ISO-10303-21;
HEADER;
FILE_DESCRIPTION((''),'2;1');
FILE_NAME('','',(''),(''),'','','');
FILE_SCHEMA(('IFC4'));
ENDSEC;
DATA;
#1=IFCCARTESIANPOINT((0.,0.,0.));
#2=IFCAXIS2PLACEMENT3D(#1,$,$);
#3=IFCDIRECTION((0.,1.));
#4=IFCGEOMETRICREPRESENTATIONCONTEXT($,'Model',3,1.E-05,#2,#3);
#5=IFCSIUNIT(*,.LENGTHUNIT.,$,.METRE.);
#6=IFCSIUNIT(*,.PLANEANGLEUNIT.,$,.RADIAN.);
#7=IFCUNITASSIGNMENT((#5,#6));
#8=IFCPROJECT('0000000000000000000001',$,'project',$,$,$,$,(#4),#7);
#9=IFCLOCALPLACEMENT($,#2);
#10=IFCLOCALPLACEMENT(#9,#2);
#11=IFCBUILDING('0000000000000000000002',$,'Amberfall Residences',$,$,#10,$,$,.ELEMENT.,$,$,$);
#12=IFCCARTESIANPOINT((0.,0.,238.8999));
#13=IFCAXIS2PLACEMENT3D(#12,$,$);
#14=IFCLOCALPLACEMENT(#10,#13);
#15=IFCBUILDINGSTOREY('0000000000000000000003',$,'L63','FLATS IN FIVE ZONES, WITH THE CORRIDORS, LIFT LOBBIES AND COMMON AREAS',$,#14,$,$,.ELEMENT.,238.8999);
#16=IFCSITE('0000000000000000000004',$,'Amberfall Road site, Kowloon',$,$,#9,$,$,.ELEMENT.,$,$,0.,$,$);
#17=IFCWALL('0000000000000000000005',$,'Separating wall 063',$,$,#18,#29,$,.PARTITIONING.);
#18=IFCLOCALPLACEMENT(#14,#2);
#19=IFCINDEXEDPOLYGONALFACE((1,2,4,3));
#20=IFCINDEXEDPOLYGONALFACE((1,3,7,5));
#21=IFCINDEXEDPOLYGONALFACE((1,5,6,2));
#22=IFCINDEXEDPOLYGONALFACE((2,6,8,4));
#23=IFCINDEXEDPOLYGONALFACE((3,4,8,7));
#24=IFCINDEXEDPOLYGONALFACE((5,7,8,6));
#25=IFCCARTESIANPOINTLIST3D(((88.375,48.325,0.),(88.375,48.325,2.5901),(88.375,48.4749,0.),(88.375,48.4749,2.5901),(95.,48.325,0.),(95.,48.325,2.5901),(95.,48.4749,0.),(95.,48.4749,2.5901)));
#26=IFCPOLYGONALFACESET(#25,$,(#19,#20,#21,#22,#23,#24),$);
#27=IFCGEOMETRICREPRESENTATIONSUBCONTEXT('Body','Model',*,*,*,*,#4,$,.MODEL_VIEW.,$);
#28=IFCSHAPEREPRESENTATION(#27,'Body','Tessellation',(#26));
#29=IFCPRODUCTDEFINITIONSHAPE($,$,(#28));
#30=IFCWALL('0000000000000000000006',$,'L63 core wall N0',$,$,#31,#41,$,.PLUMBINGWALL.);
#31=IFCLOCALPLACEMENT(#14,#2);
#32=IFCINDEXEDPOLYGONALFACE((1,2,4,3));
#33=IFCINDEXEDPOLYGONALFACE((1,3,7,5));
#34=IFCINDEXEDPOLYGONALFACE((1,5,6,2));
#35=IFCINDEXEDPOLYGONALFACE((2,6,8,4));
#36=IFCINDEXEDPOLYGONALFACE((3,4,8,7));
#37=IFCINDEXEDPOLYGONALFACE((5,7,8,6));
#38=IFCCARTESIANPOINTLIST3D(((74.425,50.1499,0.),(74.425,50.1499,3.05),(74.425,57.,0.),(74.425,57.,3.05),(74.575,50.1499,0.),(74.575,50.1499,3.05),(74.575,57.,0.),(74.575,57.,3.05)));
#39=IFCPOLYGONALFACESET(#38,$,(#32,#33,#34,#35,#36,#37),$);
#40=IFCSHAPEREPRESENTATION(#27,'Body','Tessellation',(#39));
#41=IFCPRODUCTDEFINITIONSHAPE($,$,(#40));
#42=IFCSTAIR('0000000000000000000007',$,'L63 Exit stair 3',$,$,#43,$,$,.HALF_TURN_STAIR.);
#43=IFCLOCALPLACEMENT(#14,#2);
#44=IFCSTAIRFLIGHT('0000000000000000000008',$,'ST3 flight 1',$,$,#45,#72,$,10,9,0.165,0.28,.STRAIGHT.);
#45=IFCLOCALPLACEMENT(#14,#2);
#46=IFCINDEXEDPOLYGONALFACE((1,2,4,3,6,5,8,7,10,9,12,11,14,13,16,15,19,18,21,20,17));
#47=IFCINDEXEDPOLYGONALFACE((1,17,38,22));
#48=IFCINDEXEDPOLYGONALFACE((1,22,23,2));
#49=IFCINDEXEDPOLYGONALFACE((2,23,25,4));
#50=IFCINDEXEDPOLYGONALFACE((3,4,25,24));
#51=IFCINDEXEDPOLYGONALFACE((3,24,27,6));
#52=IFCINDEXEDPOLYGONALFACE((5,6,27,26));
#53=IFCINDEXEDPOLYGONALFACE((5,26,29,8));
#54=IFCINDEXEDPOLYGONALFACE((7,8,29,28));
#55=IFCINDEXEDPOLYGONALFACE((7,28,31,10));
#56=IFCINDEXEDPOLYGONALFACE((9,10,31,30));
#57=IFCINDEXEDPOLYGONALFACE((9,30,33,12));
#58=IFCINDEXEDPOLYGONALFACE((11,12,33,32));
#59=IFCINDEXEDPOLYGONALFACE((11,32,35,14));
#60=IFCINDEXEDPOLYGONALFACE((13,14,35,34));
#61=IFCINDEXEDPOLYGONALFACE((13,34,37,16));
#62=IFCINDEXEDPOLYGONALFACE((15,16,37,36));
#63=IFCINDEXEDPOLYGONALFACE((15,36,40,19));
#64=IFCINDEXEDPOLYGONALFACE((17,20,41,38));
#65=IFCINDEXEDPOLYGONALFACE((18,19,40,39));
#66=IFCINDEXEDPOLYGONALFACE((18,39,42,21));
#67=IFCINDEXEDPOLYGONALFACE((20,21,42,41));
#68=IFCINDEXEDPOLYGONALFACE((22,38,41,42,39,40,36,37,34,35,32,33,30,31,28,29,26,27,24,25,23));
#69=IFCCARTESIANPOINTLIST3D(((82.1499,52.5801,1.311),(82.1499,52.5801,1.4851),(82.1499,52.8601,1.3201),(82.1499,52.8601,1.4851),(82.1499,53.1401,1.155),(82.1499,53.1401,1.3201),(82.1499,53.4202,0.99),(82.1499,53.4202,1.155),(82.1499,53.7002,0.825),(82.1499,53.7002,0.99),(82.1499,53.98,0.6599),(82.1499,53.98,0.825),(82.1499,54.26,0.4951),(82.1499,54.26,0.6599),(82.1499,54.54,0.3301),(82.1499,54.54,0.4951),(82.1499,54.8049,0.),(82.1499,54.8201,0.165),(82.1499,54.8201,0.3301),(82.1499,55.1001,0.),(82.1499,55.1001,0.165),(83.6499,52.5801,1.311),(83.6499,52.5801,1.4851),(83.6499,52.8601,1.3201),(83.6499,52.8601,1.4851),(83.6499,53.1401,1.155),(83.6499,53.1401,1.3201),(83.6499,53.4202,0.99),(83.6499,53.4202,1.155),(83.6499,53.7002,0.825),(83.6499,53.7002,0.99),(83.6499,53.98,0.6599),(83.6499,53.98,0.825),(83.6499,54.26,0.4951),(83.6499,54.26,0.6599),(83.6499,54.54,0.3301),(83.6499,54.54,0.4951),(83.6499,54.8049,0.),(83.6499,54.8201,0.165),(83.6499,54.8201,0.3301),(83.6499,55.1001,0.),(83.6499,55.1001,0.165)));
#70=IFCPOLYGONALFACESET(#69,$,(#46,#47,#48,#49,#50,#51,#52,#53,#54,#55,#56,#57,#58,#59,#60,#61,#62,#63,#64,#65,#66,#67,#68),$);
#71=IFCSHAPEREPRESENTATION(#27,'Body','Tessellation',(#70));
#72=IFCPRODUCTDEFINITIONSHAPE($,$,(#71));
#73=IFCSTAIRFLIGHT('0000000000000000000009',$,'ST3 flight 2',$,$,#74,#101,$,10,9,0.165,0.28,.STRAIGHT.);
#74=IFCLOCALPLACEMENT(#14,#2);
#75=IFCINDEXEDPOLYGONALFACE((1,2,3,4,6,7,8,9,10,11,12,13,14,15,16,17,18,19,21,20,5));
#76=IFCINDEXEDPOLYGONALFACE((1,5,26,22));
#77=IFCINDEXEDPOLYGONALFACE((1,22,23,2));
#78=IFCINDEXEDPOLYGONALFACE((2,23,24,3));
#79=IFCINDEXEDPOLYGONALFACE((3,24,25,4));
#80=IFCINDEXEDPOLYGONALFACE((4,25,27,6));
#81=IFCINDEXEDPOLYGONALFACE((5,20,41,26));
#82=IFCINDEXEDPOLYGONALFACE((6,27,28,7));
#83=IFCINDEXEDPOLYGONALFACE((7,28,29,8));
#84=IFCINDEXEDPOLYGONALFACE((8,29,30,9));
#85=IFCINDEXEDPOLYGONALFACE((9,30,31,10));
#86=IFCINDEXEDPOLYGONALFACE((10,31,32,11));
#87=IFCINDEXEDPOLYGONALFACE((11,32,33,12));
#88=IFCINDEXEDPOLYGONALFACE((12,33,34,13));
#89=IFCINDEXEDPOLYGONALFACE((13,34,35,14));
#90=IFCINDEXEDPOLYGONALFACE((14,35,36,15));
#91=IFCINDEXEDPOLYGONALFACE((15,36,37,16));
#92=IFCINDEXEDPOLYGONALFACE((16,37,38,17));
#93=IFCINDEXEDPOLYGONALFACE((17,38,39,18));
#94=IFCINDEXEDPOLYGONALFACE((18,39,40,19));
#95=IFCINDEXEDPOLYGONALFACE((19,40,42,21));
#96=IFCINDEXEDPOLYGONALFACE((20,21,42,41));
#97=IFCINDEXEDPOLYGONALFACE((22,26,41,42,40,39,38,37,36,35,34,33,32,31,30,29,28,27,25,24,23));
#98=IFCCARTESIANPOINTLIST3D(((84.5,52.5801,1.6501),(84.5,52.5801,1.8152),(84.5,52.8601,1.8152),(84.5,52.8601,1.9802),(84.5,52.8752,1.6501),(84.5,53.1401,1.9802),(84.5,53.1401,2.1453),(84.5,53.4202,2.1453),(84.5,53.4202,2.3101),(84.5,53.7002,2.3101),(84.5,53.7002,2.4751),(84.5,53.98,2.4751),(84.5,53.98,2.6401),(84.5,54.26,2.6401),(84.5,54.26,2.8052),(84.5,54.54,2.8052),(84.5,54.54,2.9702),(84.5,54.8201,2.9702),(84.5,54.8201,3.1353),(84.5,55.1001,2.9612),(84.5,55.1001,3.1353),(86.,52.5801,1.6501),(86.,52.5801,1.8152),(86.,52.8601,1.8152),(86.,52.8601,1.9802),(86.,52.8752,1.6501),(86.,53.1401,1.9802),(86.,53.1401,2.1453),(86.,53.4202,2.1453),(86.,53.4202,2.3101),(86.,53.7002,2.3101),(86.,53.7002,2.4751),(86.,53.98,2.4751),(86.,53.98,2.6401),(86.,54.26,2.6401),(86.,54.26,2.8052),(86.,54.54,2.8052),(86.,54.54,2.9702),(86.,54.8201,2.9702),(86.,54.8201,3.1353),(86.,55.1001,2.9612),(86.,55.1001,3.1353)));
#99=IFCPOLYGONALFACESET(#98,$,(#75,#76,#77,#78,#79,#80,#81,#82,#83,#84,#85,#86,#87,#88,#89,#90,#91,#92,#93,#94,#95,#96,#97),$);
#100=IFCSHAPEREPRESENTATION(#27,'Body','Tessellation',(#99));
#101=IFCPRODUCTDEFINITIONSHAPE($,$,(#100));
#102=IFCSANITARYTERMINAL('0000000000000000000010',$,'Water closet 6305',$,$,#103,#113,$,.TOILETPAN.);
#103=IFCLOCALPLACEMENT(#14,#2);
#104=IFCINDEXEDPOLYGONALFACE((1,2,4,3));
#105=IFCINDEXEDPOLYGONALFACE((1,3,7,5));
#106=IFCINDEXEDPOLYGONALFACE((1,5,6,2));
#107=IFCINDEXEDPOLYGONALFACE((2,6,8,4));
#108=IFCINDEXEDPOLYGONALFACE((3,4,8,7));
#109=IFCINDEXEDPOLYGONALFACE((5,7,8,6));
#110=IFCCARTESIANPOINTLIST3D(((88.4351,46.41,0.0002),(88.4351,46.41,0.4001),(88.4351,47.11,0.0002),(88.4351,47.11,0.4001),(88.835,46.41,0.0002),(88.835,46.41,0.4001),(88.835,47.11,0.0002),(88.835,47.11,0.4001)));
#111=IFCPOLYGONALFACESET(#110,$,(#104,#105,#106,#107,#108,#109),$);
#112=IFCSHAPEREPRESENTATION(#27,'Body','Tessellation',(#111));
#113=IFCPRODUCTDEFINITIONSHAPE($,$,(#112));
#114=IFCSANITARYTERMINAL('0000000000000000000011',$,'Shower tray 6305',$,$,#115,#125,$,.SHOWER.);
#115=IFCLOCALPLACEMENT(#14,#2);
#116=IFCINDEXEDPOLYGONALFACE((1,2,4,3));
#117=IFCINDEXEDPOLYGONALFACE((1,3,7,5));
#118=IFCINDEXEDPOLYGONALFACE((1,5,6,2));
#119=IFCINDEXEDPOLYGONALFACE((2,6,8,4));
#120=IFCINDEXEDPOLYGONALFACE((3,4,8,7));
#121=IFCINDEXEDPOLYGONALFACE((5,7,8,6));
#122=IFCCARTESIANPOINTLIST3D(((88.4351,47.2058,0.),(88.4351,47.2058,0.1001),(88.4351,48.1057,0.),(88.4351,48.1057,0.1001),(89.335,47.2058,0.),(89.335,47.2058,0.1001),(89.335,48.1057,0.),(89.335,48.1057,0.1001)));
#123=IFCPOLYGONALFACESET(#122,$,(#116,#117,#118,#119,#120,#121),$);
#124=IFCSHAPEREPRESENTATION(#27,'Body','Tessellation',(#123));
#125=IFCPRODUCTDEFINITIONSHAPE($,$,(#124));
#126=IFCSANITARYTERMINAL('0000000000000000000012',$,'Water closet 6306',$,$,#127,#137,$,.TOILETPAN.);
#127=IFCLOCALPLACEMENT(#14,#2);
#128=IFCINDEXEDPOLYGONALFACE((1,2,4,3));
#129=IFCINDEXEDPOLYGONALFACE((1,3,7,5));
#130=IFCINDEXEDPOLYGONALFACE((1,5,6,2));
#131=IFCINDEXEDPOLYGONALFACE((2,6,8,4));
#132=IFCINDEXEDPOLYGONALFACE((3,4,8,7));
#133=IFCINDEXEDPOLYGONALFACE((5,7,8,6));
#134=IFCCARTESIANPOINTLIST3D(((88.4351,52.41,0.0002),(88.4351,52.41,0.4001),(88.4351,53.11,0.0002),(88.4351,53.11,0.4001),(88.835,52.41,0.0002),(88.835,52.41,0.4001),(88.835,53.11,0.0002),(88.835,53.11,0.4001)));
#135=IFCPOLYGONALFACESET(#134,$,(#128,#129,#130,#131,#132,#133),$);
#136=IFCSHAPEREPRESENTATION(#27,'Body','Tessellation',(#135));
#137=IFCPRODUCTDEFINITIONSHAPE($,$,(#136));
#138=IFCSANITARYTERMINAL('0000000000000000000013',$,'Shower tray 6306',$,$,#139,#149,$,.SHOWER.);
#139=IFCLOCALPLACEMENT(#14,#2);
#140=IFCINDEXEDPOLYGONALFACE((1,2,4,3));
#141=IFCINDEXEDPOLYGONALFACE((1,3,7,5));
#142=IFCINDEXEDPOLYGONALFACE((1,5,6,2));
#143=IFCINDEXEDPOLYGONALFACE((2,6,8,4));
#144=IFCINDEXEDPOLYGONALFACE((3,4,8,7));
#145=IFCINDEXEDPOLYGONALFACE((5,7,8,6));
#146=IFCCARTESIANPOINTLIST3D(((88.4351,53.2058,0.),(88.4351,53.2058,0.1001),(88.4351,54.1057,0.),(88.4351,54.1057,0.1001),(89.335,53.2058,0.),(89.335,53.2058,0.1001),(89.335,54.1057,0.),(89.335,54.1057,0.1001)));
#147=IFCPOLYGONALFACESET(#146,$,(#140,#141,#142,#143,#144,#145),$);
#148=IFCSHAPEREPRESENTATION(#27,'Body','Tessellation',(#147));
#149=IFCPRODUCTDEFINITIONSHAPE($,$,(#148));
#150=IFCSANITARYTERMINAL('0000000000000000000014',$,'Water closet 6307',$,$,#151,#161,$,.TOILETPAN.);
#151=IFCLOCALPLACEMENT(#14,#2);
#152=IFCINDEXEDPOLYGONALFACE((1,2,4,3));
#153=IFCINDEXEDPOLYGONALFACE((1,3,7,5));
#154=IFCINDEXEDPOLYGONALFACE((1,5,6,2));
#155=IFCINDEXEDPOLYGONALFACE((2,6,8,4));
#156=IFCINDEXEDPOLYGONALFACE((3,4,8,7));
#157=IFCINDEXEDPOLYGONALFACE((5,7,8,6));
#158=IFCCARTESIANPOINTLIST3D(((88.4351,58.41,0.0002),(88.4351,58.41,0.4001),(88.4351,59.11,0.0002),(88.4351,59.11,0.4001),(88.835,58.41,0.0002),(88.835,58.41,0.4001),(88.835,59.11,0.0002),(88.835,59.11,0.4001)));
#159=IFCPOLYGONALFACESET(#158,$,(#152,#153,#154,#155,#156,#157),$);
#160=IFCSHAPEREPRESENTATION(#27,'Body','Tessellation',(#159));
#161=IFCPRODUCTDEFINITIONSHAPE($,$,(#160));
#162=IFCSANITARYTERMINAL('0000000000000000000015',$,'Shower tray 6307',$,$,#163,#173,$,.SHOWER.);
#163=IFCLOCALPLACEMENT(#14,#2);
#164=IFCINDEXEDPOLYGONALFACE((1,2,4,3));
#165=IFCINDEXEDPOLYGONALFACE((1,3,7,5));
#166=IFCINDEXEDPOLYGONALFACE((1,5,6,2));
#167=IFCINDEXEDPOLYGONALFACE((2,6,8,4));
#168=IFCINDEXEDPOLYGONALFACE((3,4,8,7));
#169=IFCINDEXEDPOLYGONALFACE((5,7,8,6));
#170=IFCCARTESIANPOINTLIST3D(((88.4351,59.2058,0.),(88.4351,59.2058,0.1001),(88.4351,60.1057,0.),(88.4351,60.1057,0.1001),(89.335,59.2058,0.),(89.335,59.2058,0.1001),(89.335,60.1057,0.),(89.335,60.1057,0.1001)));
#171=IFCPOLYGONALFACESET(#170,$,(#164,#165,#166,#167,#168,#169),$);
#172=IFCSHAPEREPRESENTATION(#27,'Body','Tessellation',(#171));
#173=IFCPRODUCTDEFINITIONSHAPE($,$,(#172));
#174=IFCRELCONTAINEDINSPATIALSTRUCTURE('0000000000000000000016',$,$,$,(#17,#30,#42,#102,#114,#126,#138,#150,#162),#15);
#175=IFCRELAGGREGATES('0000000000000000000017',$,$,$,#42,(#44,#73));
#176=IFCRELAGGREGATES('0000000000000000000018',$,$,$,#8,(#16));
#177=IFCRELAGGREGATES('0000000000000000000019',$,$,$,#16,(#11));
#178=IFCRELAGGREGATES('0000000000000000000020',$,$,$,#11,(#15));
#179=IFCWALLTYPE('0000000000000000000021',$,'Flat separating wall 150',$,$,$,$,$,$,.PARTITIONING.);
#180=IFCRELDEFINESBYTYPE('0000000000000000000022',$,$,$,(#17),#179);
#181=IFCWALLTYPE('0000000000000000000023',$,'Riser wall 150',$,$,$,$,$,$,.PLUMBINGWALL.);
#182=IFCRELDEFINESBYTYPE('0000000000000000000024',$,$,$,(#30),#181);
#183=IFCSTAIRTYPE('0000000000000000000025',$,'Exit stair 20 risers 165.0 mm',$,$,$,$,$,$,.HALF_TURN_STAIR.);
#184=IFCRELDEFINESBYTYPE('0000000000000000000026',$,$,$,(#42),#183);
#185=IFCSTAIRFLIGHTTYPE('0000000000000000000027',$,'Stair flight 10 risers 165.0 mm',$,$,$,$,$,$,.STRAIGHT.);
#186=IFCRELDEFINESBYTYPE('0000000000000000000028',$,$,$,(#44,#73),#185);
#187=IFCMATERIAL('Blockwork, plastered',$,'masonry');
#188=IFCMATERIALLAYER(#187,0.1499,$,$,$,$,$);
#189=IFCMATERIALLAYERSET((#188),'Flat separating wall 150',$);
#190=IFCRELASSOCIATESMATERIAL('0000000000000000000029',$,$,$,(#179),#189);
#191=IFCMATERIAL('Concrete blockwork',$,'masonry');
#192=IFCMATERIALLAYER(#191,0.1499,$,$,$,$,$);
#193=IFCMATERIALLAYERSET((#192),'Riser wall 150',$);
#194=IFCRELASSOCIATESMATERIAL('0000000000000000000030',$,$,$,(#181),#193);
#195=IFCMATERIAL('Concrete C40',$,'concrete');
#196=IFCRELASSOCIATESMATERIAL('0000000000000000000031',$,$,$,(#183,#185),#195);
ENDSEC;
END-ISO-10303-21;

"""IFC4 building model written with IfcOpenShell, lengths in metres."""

from ifc_helpers import new_model, si_unit, direction, frame, frame_2d, origin, origin_2d, place, context, subcontext, project, spatial, polyline, rectangle, outline, extrude, material, layer, layer_set, type_object, element, aggregate, save


model = new_model("IFC4")

# Units and contexts
model_context = context("Model", 3, precision=1e-05, world=origin(), true_north=direction((0.0, 1.0)))
body_context = subcontext(model_context, "Body", "Model", "MODEL_VIEW")
ifc_project = project(units=[si_unit("LENGTHUNIT", "METRE"), si_unit("PLANEANGLEUNIT", "RADIAN")], contexts=[model_context])

# Site, building, storey
site_placement = place(None, origin())
site = spatial("IfcSite", under=ifc_project, at=site_placement, Name="Amberfall Road site, Kowloon", CompositionType="ELEMENT", RefElevation=0.0)
building_placement = place(site_placement, origin())
building = spatial("IfcBuilding", under=site, at=building_placement, Name="Amberfall Residences", CompositionType="ELEMENT")
storey_placement = place(building_placement, frame((0.0, 0.0, 238.8999)))
storey = spatial("IfcBuildingStorey", under=building, at=storey_placement, Name="L63", Description="FLATS IN FIVE ZONES, WITH THE CORRIDORS, LIFT LOBBIES AND COMMON AREAS", CompositionType="ELEMENT", Elevation=238.8999)

# Walls
ifc_material_1 = material(Name="Blockwork, plastered", Category="masonry")
ifc_layer_1 = layer(ifc_material_1, 0.1499)
ifc_layer_set_1 = layer_set([ifc_layer_1], Name="Flat separating wall 150")
wall_type_1 = type_object("IfcWallType", Name="Flat separating wall 150", PredefinedType="PARTITIONING", material=ifc_layer_set_1)
for number, where, z_axis, x_axis, name in (
    (1, (88.375, 48.3999, 0.0), (0.0, 0.0, 1.0), (1.0, 0.0, 0.0), "Separating wall 063"),
):
    element("IfcWall", number, at=place(storey_placement, frame(where, z_axis=z_axis, x_axis=x_axis)), inside=storey, type_object=wall_type_1, Name=name, PredefinedType="PARTITIONING", context=body_context, shape_type="SweptSolid", body=[
        extrude(rectangle(XDim=6.625, YDim=0.1499, at=frame_2d((3.3125, 0.0))), origin(), (0.0, 0.0, 1.0), 2.5901),
    ])
ifc_material_2 = material(Name="Concrete blockwork", Category="masonry")
ifc_layer_2 = layer(ifc_material_2, 0.1499)
ifc_layer_set_2 = layer_set([ifc_layer_2], Name="Riser wall 150")
wall_type_2 = type_object("IfcWallType", Name="Riser wall 150", PredefinedType="PLUMBINGWALL", material=ifc_layer_set_2)
wall_1_placement = place(storey_placement, frame((74.5, 50.1499, 0.0), z_axis=(0.0, 0.0, 1.0), x_axis=(0.0, 1.0, 0.0)))
element("IfcWall", 2, at=wall_1_placement, inside=storey, type_object=wall_type_2, Name="L63 core wall N0", PredefinedType="PLUMBINGWALL", context=body_context, shape_type="SweptSolid", body=[
    extrude(rectangle(XDim=6.8501, YDim=0.1499, at=frame_2d((3.425, 0.0))), origin(), (0.0, 0.0, 1.0), 3.05),
])

# Stair, stair flights
ifc_material_3 = material(Name="Concrete C40", Category="concrete")
stair_type = type_object("IfcStairType", Name="Exit stair 20 risers 165.0 mm", PredefinedType="HALF_TURN_STAIR", material=ifc_material_3)
stair_placement = place(storey_placement, origin())
stair = element("IfcStair", 3, at=stair_placement, inside=storey, type_object=stair_type, Name="L63 Exit stair 3", PredefinedType="HALF_TURN_STAIR")
stair_flight_type = type_object("IfcStairFlightType", Name="Stair flight 10 risers 165.0 mm", PredefinedType="STRAIGHT", material=ifc_material_3)
stair_flight_1_placement = place(storey_placement, frame((82.8999, 55.1001, 0.0), z_axis=(0.0, 0.0, 1.0), x_axis=(0.0, -1.0, 0.0)))
stair_flight_1 = element("IfcStairFlight", 4, at=stair_flight_1_placement, type_object=stair_flight_type, Name="ST3 flight 1", NumberOfRisers=10, NumberOfTreads=9, PredefinedType="STRAIGHT", RiserHeight=0.165, TreadLength=0.28, context=body_context, shape_type="SweptSolid", body=[
    extrude(outline(polyline([(0.0, 0.0), (0.0, 0.165), (0.28, 0.165), (0.28, 0.3301), (0.5601, 0.3301), (0.5601, 0.4951), (0.8401, 0.4951), (0.8401, 0.6599), (1.1201, 0.6599), (1.1201, 0.825), (1.3999, 0.825), (1.3999, 0.99), (1.6799, 0.99), (1.6799, 1.155), (1.96, 1.155), (1.96, 1.3201), (2.24, 1.3201), (2.24, 1.4851), (2.52, 1.4851), (2.52, 1.6499), (2.52, 1.311), (0.2952, 0.0), (0.0, 0.0)])), frame((0.0, 0.75, 0.0), z_axis=(0.0, -1.0, 0.0), x_axis=(1.0, 0.0, 0.0)), (0.0, 0.0, 1.0), 1.5),
])
stair_flight_2_placement = place(storey_placement, frame((85.25, 52.5801, 1.6501), z_axis=(0.0, 0.0, 1.0), x_axis=(0.0, 1.0, 0.0)))
stair_flight_2 = element("IfcStairFlight", 5, at=stair_flight_2_placement, type_object=stair_flight_type, Name="ST3 flight 2", NumberOfRisers=10, NumberOfTreads=9, PredefinedType="STRAIGHT", RiserHeight=0.165, TreadLength=0.28, context=body_context, shape_type="SweptSolid", body=[
    extrude(outline(polyline([(0.0, 0.0), (0.0, 0.165), (0.28, 0.165), (0.28, 0.3301), (0.5601, 0.3301), (0.5601, 0.4951), (0.8401, 0.4951), (0.8401, 0.6599), (1.1201, 0.6599), (1.1201, 0.825), (1.3999, 0.825), (1.3999, 0.99), (1.6799, 0.99), (1.6799, 1.155), (1.96, 1.155), (1.96, 1.3201), (2.24, 1.3201), (2.24, 1.4851), (2.52, 1.4851), (2.52, 1.6499), (2.52, 1.311), (0.2952, 0.0), (0.0, 0.0)])), frame((0.0, 0.75, 0.0), z_axis=(0.0, -1.0, 0.0), x_axis=(1.0, 0.0, 0.0)), (0.0, 0.0, 1.0), 1.5),
])
aggregate(stair, [stair_flight_1, stair_flight_2])

# Sanitary terminals
sanitary_terminal_1_placement = place(storey_placement, frame((88.635, 46.76, 0.0002), z_axis=(0.0, 0.0, 1.0), x_axis=(1.0, 0.0, 0.0)))
element("IfcSanitaryTerminal", 6, at=sanitary_terminal_1_placement, inside=storey, Name="Water closet 6305", PredefinedType="TOILETPAN", context=body_context, shape_type="SweptSolid", body=[
    extrude(rectangle(XDim=0.3999, YDim=0.7, at=origin_2d()), origin(), (0.0, 0.0, 1.0), 0.3999),
])
sanitary_terminal_2_placement = place(storey_placement, frame((88.885, 47.6558, 0.0), z_axis=(0.0, 0.0, 1.0), x_axis=(1.0, 0.0, 0.0)))
element("IfcSanitaryTerminal", 7, at=sanitary_terminal_2_placement, inside=storey, Name="Shower tray 6305", PredefinedType="SHOWER", context=body_context, shape_type="SweptSolid", body=[
    extrude(rectangle(XDim=0.8999, YDim=0.8999, at=origin_2d()), origin(), (0.0, 0.0, 1.0), 0.1001),
])
sanitary_terminal_3_placement = place(storey_placement, frame((88.635, 52.76, 0.0002), z_axis=(0.0, 0.0, 1.0), x_axis=(1.0, 0.0, 0.0)))
element("IfcSanitaryTerminal", 8, at=sanitary_terminal_3_placement, inside=storey, Name="Water closet 6306", PredefinedType="TOILETPAN", context=body_context, shape_type="SweptSolid", body=[
    extrude(rectangle(XDim=0.3999, YDim=0.7, at=origin_2d()), origin(), (0.0, 0.0, 1.0), 0.3999),
])
sanitary_terminal_4_placement = place(storey_placement, frame((88.885, 53.6558, 0.0), z_axis=(0.0, 0.0, 1.0), x_axis=(1.0, 0.0, 0.0)))
element("IfcSanitaryTerminal", 9, at=sanitary_terminal_4_placement, inside=storey, Name="Shower tray 6306", PredefinedType="SHOWER", context=body_context, shape_type="SweptSolid", body=[
    extrude(rectangle(XDim=0.8999, YDim=0.8999, at=origin_2d()), origin(), (0.0, 0.0, 1.0), 0.1001),
])
sanitary_terminal_5_placement = place(storey_placement, frame((88.635, 58.76, 0.0002), z_axis=(0.0, 0.0, 1.0), x_axis=(1.0, 0.0, 0.0)))
element("IfcSanitaryTerminal", 10, at=sanitary_terminal_5_placement, inside=storey, Name="Water closet 6307", PredefinedType="TOILETPAN", context=body_context, shape_type="SweptSolid", body=[
    extrude(rectangle(XDim=0.3999, YDim=0.7, at=origin_2d()), origin(), (0.0, 0.0, 1.0), 0.3999),
])
sanitary_terminal_6_placement = place(storey_placement, frame((88.885, 59.6558, 0.0), z_axis=(0.0, 0.0, 1.0), x_axis=(1.0, 0.0, 0.0)))
element("IfcSanitaryTerminal", 11, at=sanitary_terminal_6_placement, inside=storey, Name="Shower tray 6307", PredefinedType="SHOWER", context=body_context, shape_type="SweptSolid", body=[
    extrude(rectangle(XDim=0.8999, YDim=0.8999, at=origin_2d()), origin(), (0.0, 0.0, 1.0), 0.1001),
])

save(model, "model.ifc")
